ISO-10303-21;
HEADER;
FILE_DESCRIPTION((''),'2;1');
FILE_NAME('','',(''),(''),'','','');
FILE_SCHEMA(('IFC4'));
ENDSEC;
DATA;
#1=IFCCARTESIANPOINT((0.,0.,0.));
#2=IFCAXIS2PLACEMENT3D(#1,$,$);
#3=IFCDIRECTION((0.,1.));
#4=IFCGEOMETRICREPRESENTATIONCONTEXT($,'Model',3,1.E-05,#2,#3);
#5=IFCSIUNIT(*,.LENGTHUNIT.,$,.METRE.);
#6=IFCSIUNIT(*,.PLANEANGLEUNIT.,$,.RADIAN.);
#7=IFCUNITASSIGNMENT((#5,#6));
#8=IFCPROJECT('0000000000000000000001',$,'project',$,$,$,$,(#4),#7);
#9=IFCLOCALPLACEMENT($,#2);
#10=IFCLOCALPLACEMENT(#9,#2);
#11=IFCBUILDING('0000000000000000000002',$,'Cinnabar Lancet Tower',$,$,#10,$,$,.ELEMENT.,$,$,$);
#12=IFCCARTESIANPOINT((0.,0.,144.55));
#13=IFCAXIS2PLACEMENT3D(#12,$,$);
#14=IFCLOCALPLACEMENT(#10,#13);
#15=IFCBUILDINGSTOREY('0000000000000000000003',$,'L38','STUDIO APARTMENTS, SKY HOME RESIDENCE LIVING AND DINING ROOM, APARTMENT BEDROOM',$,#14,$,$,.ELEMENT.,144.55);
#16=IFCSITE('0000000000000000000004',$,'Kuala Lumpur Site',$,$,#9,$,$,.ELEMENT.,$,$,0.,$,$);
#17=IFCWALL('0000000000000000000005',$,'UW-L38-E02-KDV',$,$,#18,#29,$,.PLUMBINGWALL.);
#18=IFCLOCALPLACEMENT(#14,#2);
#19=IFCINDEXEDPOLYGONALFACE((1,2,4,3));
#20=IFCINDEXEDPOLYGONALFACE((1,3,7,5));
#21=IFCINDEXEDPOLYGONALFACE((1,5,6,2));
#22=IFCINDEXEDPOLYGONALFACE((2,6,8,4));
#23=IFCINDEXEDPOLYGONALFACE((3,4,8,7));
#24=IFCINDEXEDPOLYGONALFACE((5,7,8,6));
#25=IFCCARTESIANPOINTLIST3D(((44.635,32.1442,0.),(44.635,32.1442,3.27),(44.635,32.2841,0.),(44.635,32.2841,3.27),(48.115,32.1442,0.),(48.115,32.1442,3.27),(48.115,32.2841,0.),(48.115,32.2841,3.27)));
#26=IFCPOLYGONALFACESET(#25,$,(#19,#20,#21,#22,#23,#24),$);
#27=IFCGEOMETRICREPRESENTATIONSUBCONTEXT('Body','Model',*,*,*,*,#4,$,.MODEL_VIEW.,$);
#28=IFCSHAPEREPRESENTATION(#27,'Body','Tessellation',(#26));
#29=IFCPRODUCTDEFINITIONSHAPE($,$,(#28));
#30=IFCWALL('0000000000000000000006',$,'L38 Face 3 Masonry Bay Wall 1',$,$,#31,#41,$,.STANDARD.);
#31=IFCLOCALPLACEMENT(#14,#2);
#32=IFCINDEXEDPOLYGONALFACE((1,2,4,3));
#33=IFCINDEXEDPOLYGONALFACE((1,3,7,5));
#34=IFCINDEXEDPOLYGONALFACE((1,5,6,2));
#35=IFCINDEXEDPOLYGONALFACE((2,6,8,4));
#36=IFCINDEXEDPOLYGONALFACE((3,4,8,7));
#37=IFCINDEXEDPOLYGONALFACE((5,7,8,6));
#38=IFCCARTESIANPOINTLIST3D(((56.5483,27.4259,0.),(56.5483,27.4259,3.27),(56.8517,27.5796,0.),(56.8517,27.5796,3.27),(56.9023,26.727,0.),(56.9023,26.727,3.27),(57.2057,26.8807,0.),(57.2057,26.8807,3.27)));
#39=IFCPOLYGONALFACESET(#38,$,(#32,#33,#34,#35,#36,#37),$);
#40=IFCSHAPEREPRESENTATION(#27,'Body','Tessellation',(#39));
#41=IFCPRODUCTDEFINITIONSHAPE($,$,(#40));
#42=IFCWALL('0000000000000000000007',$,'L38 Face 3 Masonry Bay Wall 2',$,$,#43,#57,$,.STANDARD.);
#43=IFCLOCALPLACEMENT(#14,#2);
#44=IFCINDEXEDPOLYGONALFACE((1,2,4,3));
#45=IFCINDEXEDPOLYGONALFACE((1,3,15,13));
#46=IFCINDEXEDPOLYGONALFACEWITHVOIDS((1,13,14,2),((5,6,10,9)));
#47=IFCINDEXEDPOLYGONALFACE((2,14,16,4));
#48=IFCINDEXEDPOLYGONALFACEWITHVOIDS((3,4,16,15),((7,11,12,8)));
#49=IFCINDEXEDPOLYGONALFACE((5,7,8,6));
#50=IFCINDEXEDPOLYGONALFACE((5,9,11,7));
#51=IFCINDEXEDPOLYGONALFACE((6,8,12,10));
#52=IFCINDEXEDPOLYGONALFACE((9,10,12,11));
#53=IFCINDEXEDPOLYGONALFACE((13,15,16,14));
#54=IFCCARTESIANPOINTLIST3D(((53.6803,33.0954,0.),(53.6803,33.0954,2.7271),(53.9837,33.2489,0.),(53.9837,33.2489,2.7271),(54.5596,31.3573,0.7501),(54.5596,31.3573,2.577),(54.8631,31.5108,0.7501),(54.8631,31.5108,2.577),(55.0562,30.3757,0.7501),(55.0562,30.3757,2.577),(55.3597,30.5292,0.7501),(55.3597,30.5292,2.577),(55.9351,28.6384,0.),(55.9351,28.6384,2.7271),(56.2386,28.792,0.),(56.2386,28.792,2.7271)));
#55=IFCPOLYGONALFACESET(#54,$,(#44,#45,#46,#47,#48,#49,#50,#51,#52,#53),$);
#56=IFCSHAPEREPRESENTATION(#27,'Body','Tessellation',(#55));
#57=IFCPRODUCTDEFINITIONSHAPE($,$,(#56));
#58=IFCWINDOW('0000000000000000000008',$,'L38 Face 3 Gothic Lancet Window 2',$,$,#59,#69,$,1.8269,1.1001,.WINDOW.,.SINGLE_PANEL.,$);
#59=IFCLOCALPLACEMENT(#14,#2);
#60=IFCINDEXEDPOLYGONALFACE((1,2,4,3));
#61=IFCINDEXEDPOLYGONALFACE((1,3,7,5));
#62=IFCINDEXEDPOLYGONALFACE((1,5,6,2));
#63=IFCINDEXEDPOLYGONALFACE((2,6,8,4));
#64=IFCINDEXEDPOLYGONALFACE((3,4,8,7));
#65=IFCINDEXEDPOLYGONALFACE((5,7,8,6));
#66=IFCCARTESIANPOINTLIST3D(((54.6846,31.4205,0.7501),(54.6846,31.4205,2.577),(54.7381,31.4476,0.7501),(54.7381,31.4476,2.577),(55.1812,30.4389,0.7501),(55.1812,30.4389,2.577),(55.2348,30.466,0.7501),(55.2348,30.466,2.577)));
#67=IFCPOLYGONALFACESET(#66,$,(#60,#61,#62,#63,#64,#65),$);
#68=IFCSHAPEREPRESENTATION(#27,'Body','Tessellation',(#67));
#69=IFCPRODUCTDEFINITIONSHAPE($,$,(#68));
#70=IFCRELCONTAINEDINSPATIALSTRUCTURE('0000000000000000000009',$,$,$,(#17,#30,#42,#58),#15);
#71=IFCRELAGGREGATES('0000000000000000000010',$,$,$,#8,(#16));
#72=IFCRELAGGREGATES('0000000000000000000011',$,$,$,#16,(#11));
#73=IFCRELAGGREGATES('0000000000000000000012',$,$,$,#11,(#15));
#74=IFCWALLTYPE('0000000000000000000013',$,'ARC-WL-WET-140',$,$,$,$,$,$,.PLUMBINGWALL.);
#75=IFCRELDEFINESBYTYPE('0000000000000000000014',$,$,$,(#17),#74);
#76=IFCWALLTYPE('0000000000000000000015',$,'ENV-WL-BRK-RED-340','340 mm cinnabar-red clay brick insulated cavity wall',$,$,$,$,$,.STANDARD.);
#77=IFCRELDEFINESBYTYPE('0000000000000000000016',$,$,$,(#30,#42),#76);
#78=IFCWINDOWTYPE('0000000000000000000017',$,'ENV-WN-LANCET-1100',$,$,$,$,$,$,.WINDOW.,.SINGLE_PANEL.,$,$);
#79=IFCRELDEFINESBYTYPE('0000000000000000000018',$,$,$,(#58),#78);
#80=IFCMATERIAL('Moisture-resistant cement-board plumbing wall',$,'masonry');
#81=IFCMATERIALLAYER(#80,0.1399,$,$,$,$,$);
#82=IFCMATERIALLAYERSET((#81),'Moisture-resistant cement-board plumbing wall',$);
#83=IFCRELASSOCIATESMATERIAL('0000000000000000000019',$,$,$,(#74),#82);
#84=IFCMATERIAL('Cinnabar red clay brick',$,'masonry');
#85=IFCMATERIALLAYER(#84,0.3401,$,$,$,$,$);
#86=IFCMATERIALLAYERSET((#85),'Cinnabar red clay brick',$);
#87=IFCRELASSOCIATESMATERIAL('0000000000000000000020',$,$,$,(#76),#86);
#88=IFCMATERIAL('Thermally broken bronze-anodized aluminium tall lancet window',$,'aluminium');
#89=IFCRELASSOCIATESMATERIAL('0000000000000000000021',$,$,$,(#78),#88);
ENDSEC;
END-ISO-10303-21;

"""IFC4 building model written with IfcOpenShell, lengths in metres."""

from ifc_helpers import new_model, si_unit, direction, frame, frame_2d, origin, place, context, subcontext, project, spatial, rectangle, extrude, material, layer, layer_set, type_object, element, fill, save


model = new_model("IFC4")

# Units and contexts
model_context = context("Model", 3, precision=1e-05, world=origin(), true_north=direction((0.0, 1.0)))
body_context = subcontext(model_context, "Body", "Model", "MODEL_VIEW")
ifc_project = project(units=[si_unit("LENGTHUNIT", "METRE"), si_unit("PLANEANGLEUNIT", "RADIAN")], contexts=[model_context])

# Site, building, storey
site_placement = place(None, origin())
site = spatial("IfcSite", under=ifc_project, at=site_placement, Name="Kuala Lumpur Site", CompositionType="ELEMENT", RefElevation=0.0)
building_placement = place(site_placement, origin())
building = spatial("IfcBuilding", under=site, at=building_placement, Name="Cinnabar Lancet Tower", CompositionType="ELEMENT")
storey_placement = place(building_placement, frame((0.0, 0.0, 144.55)))
storey = spatial("IfcBuildingStorey", under=building, at=storey_placement, Name="L38", Description="STUDIO APARTMENTS, SKY HOME RESIDENCE LIVING AND DINING ROOM, APARTMENT BEDROOM", CompositionType="ELEMENT", Elevation=144.55)

# Shared definitions
ifc_material_1 = material(Name="Moisture-resistant cement-board plumbing wall", Category="masonry")
ifc_layer_1 = layer(ifc_material_1, 0.1399)
ifc_layer_set_1 = layer_set([ifc_layer_1], Name="Moisture-resistant cement-board plumbing wall")
wall_type_1 = type_object("IfcWallType", Name="ARC-WL-WET-140", PredefinedType="PLUMBINGWALL", material=ifc_layer_set_1)

# Walls
wall_1_placement = place(storey_placement, frame((44.635, 32.2141, 0.0), z_axis=(0.0, 0.0, 1.0), x_axis=(1.0, 0.0, 0.0)))
element("IfcWall", 1, at=wall_1_placement, inside=storey, type_object=wall_type_1, Name="UW-L38-E02-KDV", PredefinedType="PLUMBINGWALL", context=body_context, shape_type="SweptSolid", body=[
    extrude(rectangle(XDim=3.48, YDim=0.1399, at=frame_2d((1.74, 0.0))), origin(), (0.0, 0.0, 1.0), 3.27),
])
ifc_material_2 = material(Name="Cinnabar red clay brick", Category="masonry")
ifc_layer_2 = layer(ifc_material_2, 0.3401)
ifc_layer_set_2 = layer_set([ifc_layer_2], Name="Cinnabar red clay brick")
wall_type_2 = type_object("IfcWallType", Name="ENV-WL-BRK-RED-340", Description="340 mm cinnabar-red clay brick insulated cavity wall", PredefinedType="STANDARD", material=ifc_layer_set_2)
wall_2_placement = place(storey_placement, frame((57.054, 26.804, 0.0), z_axis=(0.0, 0.0, 1.0), x_axis=(-0.451819, 0.892109, 0.0)))
element("IfcWall", 2, at=wall_2_placement, inside=storey, type_object=wall_type_2, Name="L38 Face 3 Masonry Bay Wall 1", PredefinedType="STANDARD", context=body_context, shape_type="SweptSolid", body=[
    extrude(rectangle(XDim=0.7834, YDim=0.3401, at=frame_2d((0.3916, 0.0))), origin(), (0.0, 0.0, 1.0), 3.27),
])

# Wall, opening, window
wall_3_placement = place(storey_placement, frame((56.0869, 28.7151, 0.0), z_axis=(0.0, 0.0, 1.0), x_axis=(-0.451432, 0.892306, 0.0)))
wall_3 = element("IfcWall", 3, at=wall_3_placement, inside=storey, type_object=wall_type_2, Name="L38 Face 3 Masonry Bay Wall 2", PredefinedType="STANDARD", context=body_context, shape_type="SweptSolid", body=[
    extrude(rectangle(XDim=4.9949, YDim=0.3401, at=frame_2d((2.4976, 0.0))), origin(), (0.0, 0.0, 1.0), 2.7271),
])
opening_1_placement = place(wall_3_placement, frame((1.947, 0.0, 0.75)))
opening_1 = element("IfcOpeningElement", 4, at=opening_1_placement, cuts=wall_3, PredefinedType="OPENING", context=body_context, shape_type="SweptSolid", body=[
    extrude(rectangle(XDim=1.1001, YDim=1.8269, at=frame_2d((0.55, 0.9136))), frame((0.0, 0.1799, 0.0), z_axis=(0.0, -1.0, 0.0), x_axis=(1.0, 0.0, 0.0)), (0.0, 0.0, 1.0), 0.3601),
])
ifc_material_3 = material(Name="Thermally broken bronze-anodized aluminium tall lancet window", Category="aluminium")
window_type = type_object("IfcWindowType", Name="ENV-WN-LANCET-1100", PartitioningType="SINGLE_PANEL", PredefinedType="WINDOW", material=ifc_material_3)
window_placement = place(opening_1_placement, origin())
window = element("IfcWindow", 5, at=window_placement, inside=storey, type_object=window_type, Name="L38 Face 3 Gothic Lancet Window 2", OverallHeight=1.8269, OverallWidth=1.1001, PartitioningType="SINGLE_PANEL", PredefinedType="WINDOW", context=body_context, shape_type="SweptSolid", body=[
    extrude(rectangle(XDim=1.1001, YDim=1.8269, at=frame_2d((0.55, 0.9136))), frame((0.0, 0.03, 0.0), z_axis=(0.0, -1.0, 0.0), x_axis=(1.0, 0.0, 0.0)), (0.0, 0.0, 1.0), 0.0601),
])
fill(opening_1, window)

save(model, "model.ifc")
